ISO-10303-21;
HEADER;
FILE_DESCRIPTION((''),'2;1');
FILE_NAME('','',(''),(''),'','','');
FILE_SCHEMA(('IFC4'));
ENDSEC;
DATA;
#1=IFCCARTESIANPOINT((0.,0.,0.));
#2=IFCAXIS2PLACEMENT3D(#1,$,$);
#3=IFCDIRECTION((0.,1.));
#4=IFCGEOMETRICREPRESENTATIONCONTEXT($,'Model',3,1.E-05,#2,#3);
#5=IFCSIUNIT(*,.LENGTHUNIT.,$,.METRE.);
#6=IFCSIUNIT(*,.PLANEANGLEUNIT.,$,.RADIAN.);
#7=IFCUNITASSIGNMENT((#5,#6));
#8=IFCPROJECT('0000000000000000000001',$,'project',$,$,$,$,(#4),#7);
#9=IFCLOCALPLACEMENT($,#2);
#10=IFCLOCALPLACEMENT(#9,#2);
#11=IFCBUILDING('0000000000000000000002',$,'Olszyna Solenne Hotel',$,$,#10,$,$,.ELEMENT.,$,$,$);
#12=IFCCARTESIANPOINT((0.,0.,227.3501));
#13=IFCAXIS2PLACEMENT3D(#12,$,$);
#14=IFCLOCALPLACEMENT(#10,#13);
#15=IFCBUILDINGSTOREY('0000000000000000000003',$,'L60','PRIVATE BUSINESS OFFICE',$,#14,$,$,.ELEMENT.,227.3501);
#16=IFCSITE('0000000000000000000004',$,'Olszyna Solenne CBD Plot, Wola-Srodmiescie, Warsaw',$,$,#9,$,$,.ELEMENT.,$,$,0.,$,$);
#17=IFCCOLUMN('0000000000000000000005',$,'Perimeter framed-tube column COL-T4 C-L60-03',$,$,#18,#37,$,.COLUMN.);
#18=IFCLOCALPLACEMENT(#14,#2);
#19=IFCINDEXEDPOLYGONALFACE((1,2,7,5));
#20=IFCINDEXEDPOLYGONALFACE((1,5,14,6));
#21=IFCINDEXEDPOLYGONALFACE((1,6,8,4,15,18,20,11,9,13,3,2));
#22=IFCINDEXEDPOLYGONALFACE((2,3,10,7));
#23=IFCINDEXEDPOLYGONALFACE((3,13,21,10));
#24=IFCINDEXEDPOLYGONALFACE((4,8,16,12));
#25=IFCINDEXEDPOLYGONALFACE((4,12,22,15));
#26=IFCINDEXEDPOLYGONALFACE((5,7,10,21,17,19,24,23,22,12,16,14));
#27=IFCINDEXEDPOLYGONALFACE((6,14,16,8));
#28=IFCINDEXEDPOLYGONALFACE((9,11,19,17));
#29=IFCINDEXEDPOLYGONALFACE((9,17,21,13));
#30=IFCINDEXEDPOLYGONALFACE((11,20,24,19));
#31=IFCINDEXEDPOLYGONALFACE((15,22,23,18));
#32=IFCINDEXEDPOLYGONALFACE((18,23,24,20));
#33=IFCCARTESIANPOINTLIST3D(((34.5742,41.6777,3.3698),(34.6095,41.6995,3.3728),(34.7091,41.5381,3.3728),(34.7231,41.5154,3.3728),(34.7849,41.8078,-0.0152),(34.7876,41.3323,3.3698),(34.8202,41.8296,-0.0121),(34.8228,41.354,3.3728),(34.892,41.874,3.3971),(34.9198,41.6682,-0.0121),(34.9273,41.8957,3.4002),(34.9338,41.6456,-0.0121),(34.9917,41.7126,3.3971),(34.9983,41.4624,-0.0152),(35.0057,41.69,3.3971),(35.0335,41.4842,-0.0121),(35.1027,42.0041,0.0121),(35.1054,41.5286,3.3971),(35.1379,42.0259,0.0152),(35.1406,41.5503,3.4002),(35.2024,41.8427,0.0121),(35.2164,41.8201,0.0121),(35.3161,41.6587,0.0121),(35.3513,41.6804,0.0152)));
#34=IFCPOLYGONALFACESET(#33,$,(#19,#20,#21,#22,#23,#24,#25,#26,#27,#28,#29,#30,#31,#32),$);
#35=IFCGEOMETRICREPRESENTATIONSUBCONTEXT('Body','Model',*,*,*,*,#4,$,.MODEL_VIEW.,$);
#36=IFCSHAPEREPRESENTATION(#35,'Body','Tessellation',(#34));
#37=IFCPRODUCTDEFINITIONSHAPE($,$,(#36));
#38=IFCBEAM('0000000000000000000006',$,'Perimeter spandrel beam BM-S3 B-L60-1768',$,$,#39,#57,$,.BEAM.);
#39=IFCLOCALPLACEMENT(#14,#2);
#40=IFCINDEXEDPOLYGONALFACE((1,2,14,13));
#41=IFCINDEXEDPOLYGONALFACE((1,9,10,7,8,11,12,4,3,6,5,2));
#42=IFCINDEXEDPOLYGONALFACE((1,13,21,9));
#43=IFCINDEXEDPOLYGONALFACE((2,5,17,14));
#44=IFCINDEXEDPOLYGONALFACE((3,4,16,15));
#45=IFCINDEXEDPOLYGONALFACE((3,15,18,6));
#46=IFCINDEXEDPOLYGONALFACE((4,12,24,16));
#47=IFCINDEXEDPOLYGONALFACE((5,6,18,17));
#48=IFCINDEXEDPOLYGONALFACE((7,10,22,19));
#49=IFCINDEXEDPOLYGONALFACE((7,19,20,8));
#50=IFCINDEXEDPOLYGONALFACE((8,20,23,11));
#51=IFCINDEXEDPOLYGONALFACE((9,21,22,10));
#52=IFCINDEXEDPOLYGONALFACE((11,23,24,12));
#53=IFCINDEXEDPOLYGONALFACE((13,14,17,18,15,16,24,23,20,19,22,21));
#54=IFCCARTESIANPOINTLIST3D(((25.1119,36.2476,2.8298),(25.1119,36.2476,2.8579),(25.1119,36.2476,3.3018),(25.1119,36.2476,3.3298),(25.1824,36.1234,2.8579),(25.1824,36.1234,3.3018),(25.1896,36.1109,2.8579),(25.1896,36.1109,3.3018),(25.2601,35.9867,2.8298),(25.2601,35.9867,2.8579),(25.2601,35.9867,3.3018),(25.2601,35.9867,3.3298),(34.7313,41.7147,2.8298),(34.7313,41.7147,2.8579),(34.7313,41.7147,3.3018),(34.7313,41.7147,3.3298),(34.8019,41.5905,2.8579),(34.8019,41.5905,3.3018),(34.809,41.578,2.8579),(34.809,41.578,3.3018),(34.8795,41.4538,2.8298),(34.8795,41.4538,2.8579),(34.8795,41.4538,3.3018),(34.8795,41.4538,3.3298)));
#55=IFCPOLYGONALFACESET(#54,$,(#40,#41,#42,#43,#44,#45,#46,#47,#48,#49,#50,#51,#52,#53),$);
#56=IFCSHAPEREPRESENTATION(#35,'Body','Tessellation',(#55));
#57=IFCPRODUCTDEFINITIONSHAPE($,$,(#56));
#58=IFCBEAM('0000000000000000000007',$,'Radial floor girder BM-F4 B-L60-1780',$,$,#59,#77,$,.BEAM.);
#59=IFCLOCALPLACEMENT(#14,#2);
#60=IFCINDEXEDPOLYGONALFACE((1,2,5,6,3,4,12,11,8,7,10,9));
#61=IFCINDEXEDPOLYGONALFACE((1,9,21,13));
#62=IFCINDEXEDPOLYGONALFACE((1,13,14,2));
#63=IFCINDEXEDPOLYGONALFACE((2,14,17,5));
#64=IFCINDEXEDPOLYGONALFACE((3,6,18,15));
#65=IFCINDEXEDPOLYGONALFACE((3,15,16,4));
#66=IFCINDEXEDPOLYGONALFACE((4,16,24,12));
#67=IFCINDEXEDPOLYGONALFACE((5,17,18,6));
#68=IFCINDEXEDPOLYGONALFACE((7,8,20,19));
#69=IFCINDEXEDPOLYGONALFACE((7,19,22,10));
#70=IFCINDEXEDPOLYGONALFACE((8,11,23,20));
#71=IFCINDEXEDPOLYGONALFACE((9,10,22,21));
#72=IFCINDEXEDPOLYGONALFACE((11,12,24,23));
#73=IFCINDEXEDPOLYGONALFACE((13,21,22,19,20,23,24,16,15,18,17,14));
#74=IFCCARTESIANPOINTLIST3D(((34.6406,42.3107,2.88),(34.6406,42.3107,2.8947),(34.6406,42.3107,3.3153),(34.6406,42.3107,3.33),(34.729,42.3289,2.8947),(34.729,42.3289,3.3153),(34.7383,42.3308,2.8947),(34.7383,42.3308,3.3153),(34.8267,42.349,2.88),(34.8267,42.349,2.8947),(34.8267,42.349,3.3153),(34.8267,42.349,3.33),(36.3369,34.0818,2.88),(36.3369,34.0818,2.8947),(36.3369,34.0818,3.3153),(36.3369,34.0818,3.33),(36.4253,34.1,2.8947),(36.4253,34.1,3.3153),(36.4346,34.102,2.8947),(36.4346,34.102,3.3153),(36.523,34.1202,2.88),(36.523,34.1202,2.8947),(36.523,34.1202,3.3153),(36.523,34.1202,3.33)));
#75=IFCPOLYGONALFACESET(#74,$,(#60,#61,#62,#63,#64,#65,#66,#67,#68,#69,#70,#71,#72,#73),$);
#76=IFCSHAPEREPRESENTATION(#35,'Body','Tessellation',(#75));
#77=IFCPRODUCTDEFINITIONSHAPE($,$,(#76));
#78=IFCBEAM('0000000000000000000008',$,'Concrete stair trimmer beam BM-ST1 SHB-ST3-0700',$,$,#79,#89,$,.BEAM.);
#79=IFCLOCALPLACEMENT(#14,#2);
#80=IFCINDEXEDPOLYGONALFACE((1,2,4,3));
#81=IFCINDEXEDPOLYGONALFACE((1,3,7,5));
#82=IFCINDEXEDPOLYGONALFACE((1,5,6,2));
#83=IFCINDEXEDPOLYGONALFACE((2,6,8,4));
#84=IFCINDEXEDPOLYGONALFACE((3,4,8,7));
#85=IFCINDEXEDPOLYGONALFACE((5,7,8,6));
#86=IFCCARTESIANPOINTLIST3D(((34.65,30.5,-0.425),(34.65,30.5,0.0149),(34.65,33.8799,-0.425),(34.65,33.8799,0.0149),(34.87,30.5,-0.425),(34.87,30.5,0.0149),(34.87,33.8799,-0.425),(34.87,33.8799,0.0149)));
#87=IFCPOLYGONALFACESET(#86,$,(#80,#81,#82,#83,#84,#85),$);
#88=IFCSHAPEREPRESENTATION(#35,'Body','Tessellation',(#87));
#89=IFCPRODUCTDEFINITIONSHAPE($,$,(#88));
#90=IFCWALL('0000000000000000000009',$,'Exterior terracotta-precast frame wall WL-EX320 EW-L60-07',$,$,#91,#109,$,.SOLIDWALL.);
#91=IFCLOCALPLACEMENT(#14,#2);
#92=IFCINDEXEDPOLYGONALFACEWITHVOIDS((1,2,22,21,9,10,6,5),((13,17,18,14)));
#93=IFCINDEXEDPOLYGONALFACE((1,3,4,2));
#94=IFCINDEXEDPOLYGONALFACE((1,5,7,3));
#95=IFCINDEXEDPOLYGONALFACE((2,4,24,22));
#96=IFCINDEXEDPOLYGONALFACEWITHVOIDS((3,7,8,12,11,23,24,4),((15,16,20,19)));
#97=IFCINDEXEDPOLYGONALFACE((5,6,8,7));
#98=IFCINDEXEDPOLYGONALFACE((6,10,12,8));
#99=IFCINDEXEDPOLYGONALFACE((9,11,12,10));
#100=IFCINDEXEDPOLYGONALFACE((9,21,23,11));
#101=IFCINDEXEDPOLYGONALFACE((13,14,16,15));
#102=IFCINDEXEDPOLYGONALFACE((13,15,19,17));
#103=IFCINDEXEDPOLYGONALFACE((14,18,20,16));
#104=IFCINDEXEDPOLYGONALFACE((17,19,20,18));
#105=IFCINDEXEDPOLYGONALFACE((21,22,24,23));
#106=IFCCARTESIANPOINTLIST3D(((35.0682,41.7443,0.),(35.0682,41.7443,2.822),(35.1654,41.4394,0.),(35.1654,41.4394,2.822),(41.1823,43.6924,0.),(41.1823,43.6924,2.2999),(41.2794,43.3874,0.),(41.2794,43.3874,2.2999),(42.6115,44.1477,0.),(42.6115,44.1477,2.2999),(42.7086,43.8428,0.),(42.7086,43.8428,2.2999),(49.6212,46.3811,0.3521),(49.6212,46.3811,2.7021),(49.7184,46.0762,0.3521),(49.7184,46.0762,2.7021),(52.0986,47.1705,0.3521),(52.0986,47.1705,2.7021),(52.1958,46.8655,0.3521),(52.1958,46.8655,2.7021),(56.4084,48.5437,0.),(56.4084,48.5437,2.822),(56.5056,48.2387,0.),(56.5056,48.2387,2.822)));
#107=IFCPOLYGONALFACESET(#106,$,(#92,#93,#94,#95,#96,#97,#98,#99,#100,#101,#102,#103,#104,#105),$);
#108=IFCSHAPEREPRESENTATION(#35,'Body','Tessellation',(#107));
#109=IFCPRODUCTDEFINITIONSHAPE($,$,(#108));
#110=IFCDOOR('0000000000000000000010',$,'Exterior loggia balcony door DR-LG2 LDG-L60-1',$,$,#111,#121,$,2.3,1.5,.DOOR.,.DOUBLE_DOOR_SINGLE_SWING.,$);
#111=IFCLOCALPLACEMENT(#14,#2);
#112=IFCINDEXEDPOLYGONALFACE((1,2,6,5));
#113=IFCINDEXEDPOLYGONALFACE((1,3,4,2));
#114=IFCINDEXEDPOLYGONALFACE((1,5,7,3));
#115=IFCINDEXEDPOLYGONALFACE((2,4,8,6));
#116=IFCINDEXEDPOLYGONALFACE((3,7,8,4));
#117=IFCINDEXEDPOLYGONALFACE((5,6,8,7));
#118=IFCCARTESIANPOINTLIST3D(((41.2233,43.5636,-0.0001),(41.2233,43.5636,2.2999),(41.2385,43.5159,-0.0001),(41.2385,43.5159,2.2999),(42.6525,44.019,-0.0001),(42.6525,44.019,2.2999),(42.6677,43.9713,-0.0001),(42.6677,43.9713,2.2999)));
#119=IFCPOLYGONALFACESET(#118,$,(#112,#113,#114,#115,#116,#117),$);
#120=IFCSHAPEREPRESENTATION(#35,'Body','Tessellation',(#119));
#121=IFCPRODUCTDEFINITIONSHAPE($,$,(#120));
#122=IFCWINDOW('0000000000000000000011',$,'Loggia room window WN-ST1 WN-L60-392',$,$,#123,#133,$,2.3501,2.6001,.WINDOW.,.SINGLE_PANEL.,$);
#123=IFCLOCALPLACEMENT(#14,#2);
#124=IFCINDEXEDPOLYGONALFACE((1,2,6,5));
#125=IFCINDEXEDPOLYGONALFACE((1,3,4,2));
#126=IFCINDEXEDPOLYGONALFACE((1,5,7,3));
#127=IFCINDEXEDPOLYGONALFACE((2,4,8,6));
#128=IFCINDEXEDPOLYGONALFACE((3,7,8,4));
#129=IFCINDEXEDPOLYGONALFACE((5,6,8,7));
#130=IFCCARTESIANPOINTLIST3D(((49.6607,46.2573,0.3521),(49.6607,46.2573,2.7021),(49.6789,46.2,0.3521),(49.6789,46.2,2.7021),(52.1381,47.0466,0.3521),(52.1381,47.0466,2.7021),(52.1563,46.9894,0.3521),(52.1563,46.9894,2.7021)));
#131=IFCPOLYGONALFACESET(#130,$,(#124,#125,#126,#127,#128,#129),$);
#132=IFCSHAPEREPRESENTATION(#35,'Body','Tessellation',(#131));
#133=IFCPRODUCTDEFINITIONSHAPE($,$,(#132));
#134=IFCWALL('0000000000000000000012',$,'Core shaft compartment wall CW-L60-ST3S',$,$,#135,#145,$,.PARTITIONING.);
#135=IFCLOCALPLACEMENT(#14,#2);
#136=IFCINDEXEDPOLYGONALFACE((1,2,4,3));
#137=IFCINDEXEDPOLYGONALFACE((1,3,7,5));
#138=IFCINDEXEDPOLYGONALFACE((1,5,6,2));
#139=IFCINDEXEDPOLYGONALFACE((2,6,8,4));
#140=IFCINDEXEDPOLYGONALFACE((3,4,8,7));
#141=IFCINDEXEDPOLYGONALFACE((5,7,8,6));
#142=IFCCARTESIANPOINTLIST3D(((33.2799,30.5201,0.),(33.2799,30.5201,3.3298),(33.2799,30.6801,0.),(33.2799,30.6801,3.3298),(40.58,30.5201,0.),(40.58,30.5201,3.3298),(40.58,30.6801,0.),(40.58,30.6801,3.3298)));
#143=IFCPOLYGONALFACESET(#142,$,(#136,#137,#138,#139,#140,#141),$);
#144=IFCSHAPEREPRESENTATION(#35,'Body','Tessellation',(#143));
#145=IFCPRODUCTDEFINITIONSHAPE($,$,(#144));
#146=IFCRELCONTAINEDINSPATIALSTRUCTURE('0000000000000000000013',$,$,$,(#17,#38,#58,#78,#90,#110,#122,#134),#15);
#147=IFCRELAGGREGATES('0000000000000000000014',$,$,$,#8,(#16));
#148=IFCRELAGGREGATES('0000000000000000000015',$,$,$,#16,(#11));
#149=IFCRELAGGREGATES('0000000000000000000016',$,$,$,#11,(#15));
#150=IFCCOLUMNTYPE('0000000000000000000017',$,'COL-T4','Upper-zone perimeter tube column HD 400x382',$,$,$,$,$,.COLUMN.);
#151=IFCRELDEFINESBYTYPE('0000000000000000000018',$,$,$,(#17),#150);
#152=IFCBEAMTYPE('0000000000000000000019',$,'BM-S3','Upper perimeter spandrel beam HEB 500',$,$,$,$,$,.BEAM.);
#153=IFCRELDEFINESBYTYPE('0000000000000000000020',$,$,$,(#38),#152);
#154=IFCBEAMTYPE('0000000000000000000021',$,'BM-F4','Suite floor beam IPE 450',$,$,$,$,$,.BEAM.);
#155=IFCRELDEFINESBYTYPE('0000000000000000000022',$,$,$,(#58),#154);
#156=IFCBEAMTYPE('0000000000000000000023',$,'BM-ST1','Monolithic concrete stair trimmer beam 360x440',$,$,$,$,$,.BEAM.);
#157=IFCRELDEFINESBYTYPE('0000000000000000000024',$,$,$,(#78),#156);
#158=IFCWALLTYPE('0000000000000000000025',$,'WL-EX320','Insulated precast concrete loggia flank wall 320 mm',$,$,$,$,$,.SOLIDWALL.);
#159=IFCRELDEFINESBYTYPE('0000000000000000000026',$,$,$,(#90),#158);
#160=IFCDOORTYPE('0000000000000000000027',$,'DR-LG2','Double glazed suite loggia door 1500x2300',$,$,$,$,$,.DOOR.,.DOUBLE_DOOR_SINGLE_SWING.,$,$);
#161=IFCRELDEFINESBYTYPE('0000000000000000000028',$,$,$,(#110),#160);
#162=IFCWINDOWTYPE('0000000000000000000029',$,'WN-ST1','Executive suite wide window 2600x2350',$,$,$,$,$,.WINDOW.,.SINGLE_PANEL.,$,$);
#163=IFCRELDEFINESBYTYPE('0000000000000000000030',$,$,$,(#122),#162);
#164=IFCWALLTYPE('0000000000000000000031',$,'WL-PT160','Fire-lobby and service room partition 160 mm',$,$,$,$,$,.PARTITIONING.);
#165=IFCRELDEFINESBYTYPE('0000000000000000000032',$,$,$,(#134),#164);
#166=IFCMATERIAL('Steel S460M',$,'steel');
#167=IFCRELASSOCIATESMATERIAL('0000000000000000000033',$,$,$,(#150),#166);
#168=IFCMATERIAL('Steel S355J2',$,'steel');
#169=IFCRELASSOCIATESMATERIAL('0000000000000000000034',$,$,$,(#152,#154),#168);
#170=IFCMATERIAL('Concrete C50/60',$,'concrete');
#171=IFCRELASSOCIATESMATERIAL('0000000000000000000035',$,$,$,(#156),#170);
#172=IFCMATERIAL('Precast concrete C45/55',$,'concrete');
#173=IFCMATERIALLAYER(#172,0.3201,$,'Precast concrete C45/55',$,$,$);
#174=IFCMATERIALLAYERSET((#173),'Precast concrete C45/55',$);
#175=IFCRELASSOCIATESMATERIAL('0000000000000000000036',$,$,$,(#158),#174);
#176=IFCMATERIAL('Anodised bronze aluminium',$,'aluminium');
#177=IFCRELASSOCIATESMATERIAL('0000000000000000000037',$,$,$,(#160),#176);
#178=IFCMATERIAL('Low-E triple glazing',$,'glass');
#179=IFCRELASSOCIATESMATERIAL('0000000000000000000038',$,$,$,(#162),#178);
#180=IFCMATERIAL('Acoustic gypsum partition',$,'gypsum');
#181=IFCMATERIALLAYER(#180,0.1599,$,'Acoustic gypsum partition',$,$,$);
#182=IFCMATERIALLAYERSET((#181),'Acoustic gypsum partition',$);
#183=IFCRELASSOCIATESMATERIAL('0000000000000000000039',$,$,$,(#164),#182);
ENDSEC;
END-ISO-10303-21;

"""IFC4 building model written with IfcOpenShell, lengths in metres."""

from ifc_helpers import new_model, si_unit, direction, frame, frame_2d, origin, origin_2d, place, context, subcontext, project, spatial, rectangle, i_section, extrude, source, transform, mapped, material, layer, layer_set, material_profile, profile_set, type_object, type_shapes, element, fill, save


model = new_model("IFC4")

# Units and contexts
model_context = context("Model", 3, precision=1e-05, world=origin(), true_north=direction((0.0, 1.0)))
body_context = subcontext(model_context, "Body", "Model", "MODEL_VIEW")
ifc_project = project(units=[si_unit("LENGTHUNIT", "METRE"), si_unit("PLANEANGLEUNIT", "RADIAN")], contexts=[model_context])

# Site, building, storey
site_placement = place(None, origin())
site = spatial("IfcSite", under=ifc_project, at=site_placement, Name="Olszyna Solenne CBD Plot, Wola-Srodmiescie, Warsaw", CompositionType="ELEMENT", RefElevation=0.0)
building_placement = place(site_placement, origin())
building = spatial("IfcBuilding", under=site, at=building_placement, Name="Olszyna Solenne Hotel", CompositionType="ELEMENT")
storey_placement = place(building_placement, frame((0.0, 0.0, 227.3501)))
storey = spatial("IfcBuildingStorey", under=building, at=storey_placement, Name="L60", Description="PRIVATE BUSINESS OFFICE", CompositionType="ELEMENT", Elevation=227.3501)

# Column
ifc_material_1 = material(Name="Steel S460M", Category="steel")
ifc_material_profile_1 = material_profile(ifc_material_1, i_section(OverallWidth=0.406, OverallDepth=0.416, WebThickness=0.0266, FlangeThickness=0.0415, at=origin_2d()), Name="HD 400x382", Category="load-bearing")
ifc_profile_set_1 = profile_set([ifc_material_profile_1], Name="Steel S460M")
column_type = type_object("IfcColumnType", Name="COL-T4", Description="Upper-zone perimeter tube column HD 400x382", PredefinedType="COLUMN", material=ifc_profile_set_1)
shared_shape_1 = source(origin(), body_context, "Body", "SweptSolid", [
    extrude(i_section(OverallWidth=0.406, OverallDepth=0.416, WebThickness=0.0266, FlangeThickness=0.0415, at=origin_2d()), origin(), (0.0, 0.0, 1.0), 3.394),
])
column_placement = place(storey_placement, frame((35.0681, 41.7441, 0.0), z_axis=(-0.062077, -0.03834, 0.997335), x_axis=(0.525472, -0.850811, 0.0)))
element("IfcColumn", 1, at=column_placement, inside=storey, type_object=column_type, Name="Perimeter framed-tube column COL-T4 C-L60-03", PredefinedType="COLUMN", context=body_context, shape_type="MappedRepresentation", body=[
    mapped(shared_shape_1, transform((0.0, 0.0, 0.0), x_axis=(1.0, 0.0, 0.0), y_axis=(0.0, 1.0, 0.0), z_axis=(0.0, 0.0, 1.0), scale=1.0)),
])

# Beams
ifc_material_2 = material(Name="Steel S355J2", Category="steel")
ifc_material_profile_2 = material_profile(ifc_material_2, i_section(OverallWidth=0.3, OverallDepth=0.5, WebThickness=0.0144, FlangeThickness=0.0281, at=origin_2d()), Name="HEB 500", Category="load-bearing")
ifc_profile_set_2 = profile_set([ifc_material_profile_2], Name="Steel S355J2")
beam_type_1 = type_object("IfcBeamType", Name="BM-S3", Description="Upper perimeter spandrel beam HEB 500", PredefinedType="BEAM", material=ifc_profile_set_2)
shared_shape_2 = source(origin(), body_context, "Body", "SweptSolid", [
    extrude(i_section(OverallWidth=0.3, OverallDepth=0.5, WebThickness=0.0144, FlangeThickness=0.0281, at=origin_2d()), origin(), (0.0, 0.0, 1.0), 11.0645),
])
beam_1_placement = place(storey_placement, frame((34.8054, 41.5842, 3.0798), z_axis=(-0.869399, -0.494111, 0.0), x_axis=(0.494111, -0.869399, 0.0)))
element("IfcBeam", 2, at=beam_1_placement, inside=storey, type_object=beam_type_1, Name="Perimeter spandrel beam BM-S3 B-L60-1768", PredefinedType="BEAM", context=body_context, shape_type="MappedRepresentation", body=[
    mapped(shared_shape_2, transform((0.0, 0.0, 0.0), x_axis=(1.0, 0.0, 0.0), y_axis=(0.0, 1.0, 0.0), z_axis=(0.0, 0.0, 1.0), scale=1.0)),
])
ifc_material_profile_3 = material_profile(ifc_material_2, i_section(OverallWidth=0.1899, OverallDepth=0.45, WebThickness=0.0095, FlangeThickness=0.0146, at=origin_2d()), Name="IPE 450", Category="load-bearing")
ifc_profile_set_3 = profile_set([ifc_material_profile_3], Name="Steel S355J2")
beam_type_2 = type_object("IfcBeamType", Name="BM-F4", Description="Suite floor beam IPE 450", PredefinedType="BEAM", material=ifc_profile_set_3)
shared_shape_3 = source(origin(), body_context, "Body", "SweptSolid", [
    extrude(i_section(OverallWidth=0.1899, OverallDepth=0.45, WebThickness=0.0095, FlangeThickness=0.0146, at=origin_2d()), origin(), (0.0, 0.0, 1.0), 8.4019),
])
beam_2_placement = place(storey_placement, frame((34.7336, 42.3298, 3.105), z_axis=(0.201896, -0.979407, 0.0), x_axis=(0.979407, 0.201896, 0.0)))
element("IfcBeam", 3, at=beam_2_placement, inside=storey, type_object=beam_type_2, Name="Radial floor girder BM-F4 B-L60-1780", PredefinedType="BEAM", context=body_context, shape_type="MappedRepresentation", body=[
    mapped(shared_shape_3, transform((0.0, 0.0, 0.0), x_axis=(1.0, 0.0, 0.0), y_axis=(0.0, 1.0, 0.0), z_axis=(0.0, 0.0, 1.0), scale=1.0)),
])
ifc_material_3 = material(Name="Concrete C50/60", Category="concrete")
ifc_material_profile_4 = material_profile(ifc_material_3, rectangle(XDim=0.22, YDim=0.4399, at=origin_2d()), Name="RC 220x440", Category="load-bearing")
ifc_profile_set_4 = profile_set([ifc_material_profile_4], Name="Concrete C50/60")
beam_type_3 = type_object("IfcBeamType", Name="BM-ST1", Description="Monolithic concrete stair trimmer beam 360x440", PredefinedType="BEAM", material=ifc_profile_set_4)
shared_shape_4 = source(origin(), body_context, "Body", "SweptSolid", [
    extrude(rectangle(XDim=0.22, YDim=0.4399, at=origin_2d()), origin(), (0.0, 0.0, 1.0), 3.3799),
])
beam_3_placement = place(storey_placement, frame((34.76, 30.5, -0.2051), z_axis=(0.0, 1.0, 0.0), x_axis=(-1.0, 0.0, 0.0)))
element("IfcBeam", 4, at=beam_3_placement, inside=storey, type_object=beam_type_3, Name="Concrete stair trimmer beam BM-ST1 SHB-ST3-0700", PredefinedType="BEAM", context=body_context, shape_type="MappedRepresentation", body=[
    mapped(shared_shape_4, transform((0.0, 0.0, 0.0), x_axis=(1.0, 0.0, 0.0), y_axis=(0.0, 1.0, 0.0), z_axis=(0.0, 0.0, 1.0), scale=1.0)),
])

# Wall, openings, door, window
ifc_material_4 = material(Name="Precast concrete C45/55", Category="concrete")
ifc_layer_1 = layer(ifc_material_4, 0.3201, Name="Precast concrete C45/55")
ifc_layer_set_1 = layer_set([ifc_layer_1], Name="Precast concrete C45/55")
wall_type_1 = type_object("IfcWallType", Name="WL-EX320", Description="Insulated precast concrete loggia flank wall 320 mm", PredefinedType="SOLIDWALL", material=ifc_layer_set_1)
wall_1_placement = place(storey_placement, frame((35.1167, 41.5918, 0.0), z_axis=(0.0, 0.0, 1.0), x_axis=(0.952806, 0.30358, 0.0)))
wall_1 = element("IfcWall", 5, at=wall_1_placement, inside=storey, type_object=wall_type_1, Name="Exterior terracotta-precast frame wall WL-EX320 EW-L60-07", PredefinedType="SOLIDWALL", context=body_context, shape_type="SweptSolid", body=[
    extrude(rectangle(XDim=22.3972, YDim=0.3201, at=frame_2d((11.1987, 0.0))), origin(), (0.0, 0.0, 1.0), 2.822),
])
opening_1_placement = place(wall_1_placement, frame((6.417, 0.0, 0.0)))
opening_1 = element("IfcOpeningElement", 6, at=opening_1_placement, cuts=wall_1, PredefinedType="OPENING", context=body_context, shape_type="SweptSolid", body=[
    extrude(rectangle(XDim=1.5, YDim=2.3, at=frame_2d((0.75, 1.1499))), frame((0.0, 0.1699, 0.0), z_axis=(0.0, -1.0, 0.0), x_axis=(1.0, 0.0, 0.0)), (0.0, 0.0, 1.0), 0.3401),
])
opening_2_placement = place(wall_1_placement, frame((15.2739, 0.0, 0.3521)))
opening_2 = element("IfcOpeningElement", 7, at=opening_2_placement, cuts=wall_1, PredefinedType="OPENING", context=body_context, shape_type="SweptSolid", body=[
    extrude(rectangle(XDim=2.6001, YDim=2.3501, at=frame_2d((1.3, 1.175))), frame((0.0, 0.1699, 0.0), z_axis=(0.0, -1.0, 0.0), x_axis=(1.0, 0.0, 0.0)), (0.0, 0.0, 1.0), 0.3401),
])
ifc_material_5 = material(Name="Anodised bronze aluminium", Category="aluminium")
door_type_1 = type_object("IfcDoorType", Name="DR-LG2", Description="Double glazed suite loggia door 1500x2300", OperationType="DOUBLE_DOOR_SINGLE_SWING", PredefinedType="DOOR", material=ifc_material_5)
shared_shape_5 = source(origin(), body_context, "Body", "SweptSolid", [
    extrude(rectangle(XDim=1.5, YDim=2.3, at=frame_2d((0.75, 1.1499))), frame((0.0, 0.0249, 0.0), z_axis=(0.0, -1.0, 0.0), x_axis=(1.0, 0.0, 0.0)), (0.0, 0.0, 1.0), 0.05),
])
type_shapes(door_type_1, [shared_shape_5])
door_1_placement = place(opening_1_placement, origin())
door_1 = element("IfcDoor", 8, at=door_1_placement, inside=storey, type_object=door_type_1, Name="Exterior loggia balcony door DR-LG2 LDG-L60-1", OperationType="DOUBLE_DOOR_SINGLE_SWING", OverallHeight=2.3, OverallWidth=1.5, PredefinedType="DOOR", context=body_context, shape_type="MappedRepresentation", body=[
    mapped(shared_shape_5, transform((0.0, 0.0, 0.0), x_axis=(1.0, 0.0, 0.0), y_axis=(0.0, 1.0, 0.0), z_axis=(0.0, 0.0, 1.0), scale=1.0)),
])
fill(opening_1, door_1)
ifc_material_6 = material(Name="Low-E triple glazing", Category="glass")
window_type = type_object("IfcWindowType", Name="WN-ST1", Description="Executive suite wide window 2600x2350", PartitioningType="SINGLE_PANEL", PredefinedType="WINDOW", material=ifc_material_6)
shared_shape_6 = source(origin(), body_context, "Body", "SweptSolid", [
    extrude(rectangle(XDim=2.6001, YDim=2.3501, at=frame_2d((1.3, 1.175))), frame((0.0, 0.03, 0.0), z_axis=(0.0, -1.0, 0.0), x_axis=(1.0, 0.0, 0.0)), (0.0, 0.0, 1.0), 0.0601),
])
type_shapes(window_type, [shared_shape_6])
window_placement = place(opening_2_placement, origin())
window = element("IfcWindow", 9, at=window_placement, inside=storey, type_object=window_type, Name="Loggia room window WN-ST1 WN-L60-392", OverallHeight=2.3501, OverallWidth=2.6001, PartitioningType="SINGLE_PANEL", PredefinedType="WINDOW", context=body_context, shape_type="MappedRepresentation", body=[
    mapped(shared_shape_6, transform((0.0, 0.0, 0.0), x_axis=(1.0, 0.0, 0.0), y_axis=(0.0, 1.0, 0.0), z_axis=(0.0, 0.0, 1.0), scale=1.0)),
])
fill(opening_2, window)

# Wall
ifc_material_7 = material(Name="Acoustic gypsum partition", Category="gypsum")
ifc_layer_2 = layer(ifc_material_7, 0.1599, Name="Acoustic gypsum partition")
ifc_layer_set_2 = layer_set([ifc_layer_2], Name="Acoustic gypsum partition")
wall_type_2 = type_object("IfcWallType", Name="WL-PT160", Description="Fire-lobby and service room partition 160 mm", PredefinedType="PARTITIONING", material=ifc_layer_set_2)
wall_2_placement = place(storey_placement, frame((33.28, 30.6001, 0.0), z_axis=(0.0, 0.0, 1.0), x_axis=(1.0, 0.0, 0.0)))
element("IfcWall", 10, at=wall_2_placement, inside=storey, type_object=wall_type_2, Name="Core shaft compartment wall CW-L60-ST3S", PredefinedType="PARTITIONING", context=body_context, shape_type="SweptSolid", body=[
    extrude(rectangle(XDim=7.3, YDim=0.1599, at=frame_2d((3.6499, 0.0))), origin(), (0.0, 0.0, 1.0), 3.3298),
])

save(model, "model.ifc")
